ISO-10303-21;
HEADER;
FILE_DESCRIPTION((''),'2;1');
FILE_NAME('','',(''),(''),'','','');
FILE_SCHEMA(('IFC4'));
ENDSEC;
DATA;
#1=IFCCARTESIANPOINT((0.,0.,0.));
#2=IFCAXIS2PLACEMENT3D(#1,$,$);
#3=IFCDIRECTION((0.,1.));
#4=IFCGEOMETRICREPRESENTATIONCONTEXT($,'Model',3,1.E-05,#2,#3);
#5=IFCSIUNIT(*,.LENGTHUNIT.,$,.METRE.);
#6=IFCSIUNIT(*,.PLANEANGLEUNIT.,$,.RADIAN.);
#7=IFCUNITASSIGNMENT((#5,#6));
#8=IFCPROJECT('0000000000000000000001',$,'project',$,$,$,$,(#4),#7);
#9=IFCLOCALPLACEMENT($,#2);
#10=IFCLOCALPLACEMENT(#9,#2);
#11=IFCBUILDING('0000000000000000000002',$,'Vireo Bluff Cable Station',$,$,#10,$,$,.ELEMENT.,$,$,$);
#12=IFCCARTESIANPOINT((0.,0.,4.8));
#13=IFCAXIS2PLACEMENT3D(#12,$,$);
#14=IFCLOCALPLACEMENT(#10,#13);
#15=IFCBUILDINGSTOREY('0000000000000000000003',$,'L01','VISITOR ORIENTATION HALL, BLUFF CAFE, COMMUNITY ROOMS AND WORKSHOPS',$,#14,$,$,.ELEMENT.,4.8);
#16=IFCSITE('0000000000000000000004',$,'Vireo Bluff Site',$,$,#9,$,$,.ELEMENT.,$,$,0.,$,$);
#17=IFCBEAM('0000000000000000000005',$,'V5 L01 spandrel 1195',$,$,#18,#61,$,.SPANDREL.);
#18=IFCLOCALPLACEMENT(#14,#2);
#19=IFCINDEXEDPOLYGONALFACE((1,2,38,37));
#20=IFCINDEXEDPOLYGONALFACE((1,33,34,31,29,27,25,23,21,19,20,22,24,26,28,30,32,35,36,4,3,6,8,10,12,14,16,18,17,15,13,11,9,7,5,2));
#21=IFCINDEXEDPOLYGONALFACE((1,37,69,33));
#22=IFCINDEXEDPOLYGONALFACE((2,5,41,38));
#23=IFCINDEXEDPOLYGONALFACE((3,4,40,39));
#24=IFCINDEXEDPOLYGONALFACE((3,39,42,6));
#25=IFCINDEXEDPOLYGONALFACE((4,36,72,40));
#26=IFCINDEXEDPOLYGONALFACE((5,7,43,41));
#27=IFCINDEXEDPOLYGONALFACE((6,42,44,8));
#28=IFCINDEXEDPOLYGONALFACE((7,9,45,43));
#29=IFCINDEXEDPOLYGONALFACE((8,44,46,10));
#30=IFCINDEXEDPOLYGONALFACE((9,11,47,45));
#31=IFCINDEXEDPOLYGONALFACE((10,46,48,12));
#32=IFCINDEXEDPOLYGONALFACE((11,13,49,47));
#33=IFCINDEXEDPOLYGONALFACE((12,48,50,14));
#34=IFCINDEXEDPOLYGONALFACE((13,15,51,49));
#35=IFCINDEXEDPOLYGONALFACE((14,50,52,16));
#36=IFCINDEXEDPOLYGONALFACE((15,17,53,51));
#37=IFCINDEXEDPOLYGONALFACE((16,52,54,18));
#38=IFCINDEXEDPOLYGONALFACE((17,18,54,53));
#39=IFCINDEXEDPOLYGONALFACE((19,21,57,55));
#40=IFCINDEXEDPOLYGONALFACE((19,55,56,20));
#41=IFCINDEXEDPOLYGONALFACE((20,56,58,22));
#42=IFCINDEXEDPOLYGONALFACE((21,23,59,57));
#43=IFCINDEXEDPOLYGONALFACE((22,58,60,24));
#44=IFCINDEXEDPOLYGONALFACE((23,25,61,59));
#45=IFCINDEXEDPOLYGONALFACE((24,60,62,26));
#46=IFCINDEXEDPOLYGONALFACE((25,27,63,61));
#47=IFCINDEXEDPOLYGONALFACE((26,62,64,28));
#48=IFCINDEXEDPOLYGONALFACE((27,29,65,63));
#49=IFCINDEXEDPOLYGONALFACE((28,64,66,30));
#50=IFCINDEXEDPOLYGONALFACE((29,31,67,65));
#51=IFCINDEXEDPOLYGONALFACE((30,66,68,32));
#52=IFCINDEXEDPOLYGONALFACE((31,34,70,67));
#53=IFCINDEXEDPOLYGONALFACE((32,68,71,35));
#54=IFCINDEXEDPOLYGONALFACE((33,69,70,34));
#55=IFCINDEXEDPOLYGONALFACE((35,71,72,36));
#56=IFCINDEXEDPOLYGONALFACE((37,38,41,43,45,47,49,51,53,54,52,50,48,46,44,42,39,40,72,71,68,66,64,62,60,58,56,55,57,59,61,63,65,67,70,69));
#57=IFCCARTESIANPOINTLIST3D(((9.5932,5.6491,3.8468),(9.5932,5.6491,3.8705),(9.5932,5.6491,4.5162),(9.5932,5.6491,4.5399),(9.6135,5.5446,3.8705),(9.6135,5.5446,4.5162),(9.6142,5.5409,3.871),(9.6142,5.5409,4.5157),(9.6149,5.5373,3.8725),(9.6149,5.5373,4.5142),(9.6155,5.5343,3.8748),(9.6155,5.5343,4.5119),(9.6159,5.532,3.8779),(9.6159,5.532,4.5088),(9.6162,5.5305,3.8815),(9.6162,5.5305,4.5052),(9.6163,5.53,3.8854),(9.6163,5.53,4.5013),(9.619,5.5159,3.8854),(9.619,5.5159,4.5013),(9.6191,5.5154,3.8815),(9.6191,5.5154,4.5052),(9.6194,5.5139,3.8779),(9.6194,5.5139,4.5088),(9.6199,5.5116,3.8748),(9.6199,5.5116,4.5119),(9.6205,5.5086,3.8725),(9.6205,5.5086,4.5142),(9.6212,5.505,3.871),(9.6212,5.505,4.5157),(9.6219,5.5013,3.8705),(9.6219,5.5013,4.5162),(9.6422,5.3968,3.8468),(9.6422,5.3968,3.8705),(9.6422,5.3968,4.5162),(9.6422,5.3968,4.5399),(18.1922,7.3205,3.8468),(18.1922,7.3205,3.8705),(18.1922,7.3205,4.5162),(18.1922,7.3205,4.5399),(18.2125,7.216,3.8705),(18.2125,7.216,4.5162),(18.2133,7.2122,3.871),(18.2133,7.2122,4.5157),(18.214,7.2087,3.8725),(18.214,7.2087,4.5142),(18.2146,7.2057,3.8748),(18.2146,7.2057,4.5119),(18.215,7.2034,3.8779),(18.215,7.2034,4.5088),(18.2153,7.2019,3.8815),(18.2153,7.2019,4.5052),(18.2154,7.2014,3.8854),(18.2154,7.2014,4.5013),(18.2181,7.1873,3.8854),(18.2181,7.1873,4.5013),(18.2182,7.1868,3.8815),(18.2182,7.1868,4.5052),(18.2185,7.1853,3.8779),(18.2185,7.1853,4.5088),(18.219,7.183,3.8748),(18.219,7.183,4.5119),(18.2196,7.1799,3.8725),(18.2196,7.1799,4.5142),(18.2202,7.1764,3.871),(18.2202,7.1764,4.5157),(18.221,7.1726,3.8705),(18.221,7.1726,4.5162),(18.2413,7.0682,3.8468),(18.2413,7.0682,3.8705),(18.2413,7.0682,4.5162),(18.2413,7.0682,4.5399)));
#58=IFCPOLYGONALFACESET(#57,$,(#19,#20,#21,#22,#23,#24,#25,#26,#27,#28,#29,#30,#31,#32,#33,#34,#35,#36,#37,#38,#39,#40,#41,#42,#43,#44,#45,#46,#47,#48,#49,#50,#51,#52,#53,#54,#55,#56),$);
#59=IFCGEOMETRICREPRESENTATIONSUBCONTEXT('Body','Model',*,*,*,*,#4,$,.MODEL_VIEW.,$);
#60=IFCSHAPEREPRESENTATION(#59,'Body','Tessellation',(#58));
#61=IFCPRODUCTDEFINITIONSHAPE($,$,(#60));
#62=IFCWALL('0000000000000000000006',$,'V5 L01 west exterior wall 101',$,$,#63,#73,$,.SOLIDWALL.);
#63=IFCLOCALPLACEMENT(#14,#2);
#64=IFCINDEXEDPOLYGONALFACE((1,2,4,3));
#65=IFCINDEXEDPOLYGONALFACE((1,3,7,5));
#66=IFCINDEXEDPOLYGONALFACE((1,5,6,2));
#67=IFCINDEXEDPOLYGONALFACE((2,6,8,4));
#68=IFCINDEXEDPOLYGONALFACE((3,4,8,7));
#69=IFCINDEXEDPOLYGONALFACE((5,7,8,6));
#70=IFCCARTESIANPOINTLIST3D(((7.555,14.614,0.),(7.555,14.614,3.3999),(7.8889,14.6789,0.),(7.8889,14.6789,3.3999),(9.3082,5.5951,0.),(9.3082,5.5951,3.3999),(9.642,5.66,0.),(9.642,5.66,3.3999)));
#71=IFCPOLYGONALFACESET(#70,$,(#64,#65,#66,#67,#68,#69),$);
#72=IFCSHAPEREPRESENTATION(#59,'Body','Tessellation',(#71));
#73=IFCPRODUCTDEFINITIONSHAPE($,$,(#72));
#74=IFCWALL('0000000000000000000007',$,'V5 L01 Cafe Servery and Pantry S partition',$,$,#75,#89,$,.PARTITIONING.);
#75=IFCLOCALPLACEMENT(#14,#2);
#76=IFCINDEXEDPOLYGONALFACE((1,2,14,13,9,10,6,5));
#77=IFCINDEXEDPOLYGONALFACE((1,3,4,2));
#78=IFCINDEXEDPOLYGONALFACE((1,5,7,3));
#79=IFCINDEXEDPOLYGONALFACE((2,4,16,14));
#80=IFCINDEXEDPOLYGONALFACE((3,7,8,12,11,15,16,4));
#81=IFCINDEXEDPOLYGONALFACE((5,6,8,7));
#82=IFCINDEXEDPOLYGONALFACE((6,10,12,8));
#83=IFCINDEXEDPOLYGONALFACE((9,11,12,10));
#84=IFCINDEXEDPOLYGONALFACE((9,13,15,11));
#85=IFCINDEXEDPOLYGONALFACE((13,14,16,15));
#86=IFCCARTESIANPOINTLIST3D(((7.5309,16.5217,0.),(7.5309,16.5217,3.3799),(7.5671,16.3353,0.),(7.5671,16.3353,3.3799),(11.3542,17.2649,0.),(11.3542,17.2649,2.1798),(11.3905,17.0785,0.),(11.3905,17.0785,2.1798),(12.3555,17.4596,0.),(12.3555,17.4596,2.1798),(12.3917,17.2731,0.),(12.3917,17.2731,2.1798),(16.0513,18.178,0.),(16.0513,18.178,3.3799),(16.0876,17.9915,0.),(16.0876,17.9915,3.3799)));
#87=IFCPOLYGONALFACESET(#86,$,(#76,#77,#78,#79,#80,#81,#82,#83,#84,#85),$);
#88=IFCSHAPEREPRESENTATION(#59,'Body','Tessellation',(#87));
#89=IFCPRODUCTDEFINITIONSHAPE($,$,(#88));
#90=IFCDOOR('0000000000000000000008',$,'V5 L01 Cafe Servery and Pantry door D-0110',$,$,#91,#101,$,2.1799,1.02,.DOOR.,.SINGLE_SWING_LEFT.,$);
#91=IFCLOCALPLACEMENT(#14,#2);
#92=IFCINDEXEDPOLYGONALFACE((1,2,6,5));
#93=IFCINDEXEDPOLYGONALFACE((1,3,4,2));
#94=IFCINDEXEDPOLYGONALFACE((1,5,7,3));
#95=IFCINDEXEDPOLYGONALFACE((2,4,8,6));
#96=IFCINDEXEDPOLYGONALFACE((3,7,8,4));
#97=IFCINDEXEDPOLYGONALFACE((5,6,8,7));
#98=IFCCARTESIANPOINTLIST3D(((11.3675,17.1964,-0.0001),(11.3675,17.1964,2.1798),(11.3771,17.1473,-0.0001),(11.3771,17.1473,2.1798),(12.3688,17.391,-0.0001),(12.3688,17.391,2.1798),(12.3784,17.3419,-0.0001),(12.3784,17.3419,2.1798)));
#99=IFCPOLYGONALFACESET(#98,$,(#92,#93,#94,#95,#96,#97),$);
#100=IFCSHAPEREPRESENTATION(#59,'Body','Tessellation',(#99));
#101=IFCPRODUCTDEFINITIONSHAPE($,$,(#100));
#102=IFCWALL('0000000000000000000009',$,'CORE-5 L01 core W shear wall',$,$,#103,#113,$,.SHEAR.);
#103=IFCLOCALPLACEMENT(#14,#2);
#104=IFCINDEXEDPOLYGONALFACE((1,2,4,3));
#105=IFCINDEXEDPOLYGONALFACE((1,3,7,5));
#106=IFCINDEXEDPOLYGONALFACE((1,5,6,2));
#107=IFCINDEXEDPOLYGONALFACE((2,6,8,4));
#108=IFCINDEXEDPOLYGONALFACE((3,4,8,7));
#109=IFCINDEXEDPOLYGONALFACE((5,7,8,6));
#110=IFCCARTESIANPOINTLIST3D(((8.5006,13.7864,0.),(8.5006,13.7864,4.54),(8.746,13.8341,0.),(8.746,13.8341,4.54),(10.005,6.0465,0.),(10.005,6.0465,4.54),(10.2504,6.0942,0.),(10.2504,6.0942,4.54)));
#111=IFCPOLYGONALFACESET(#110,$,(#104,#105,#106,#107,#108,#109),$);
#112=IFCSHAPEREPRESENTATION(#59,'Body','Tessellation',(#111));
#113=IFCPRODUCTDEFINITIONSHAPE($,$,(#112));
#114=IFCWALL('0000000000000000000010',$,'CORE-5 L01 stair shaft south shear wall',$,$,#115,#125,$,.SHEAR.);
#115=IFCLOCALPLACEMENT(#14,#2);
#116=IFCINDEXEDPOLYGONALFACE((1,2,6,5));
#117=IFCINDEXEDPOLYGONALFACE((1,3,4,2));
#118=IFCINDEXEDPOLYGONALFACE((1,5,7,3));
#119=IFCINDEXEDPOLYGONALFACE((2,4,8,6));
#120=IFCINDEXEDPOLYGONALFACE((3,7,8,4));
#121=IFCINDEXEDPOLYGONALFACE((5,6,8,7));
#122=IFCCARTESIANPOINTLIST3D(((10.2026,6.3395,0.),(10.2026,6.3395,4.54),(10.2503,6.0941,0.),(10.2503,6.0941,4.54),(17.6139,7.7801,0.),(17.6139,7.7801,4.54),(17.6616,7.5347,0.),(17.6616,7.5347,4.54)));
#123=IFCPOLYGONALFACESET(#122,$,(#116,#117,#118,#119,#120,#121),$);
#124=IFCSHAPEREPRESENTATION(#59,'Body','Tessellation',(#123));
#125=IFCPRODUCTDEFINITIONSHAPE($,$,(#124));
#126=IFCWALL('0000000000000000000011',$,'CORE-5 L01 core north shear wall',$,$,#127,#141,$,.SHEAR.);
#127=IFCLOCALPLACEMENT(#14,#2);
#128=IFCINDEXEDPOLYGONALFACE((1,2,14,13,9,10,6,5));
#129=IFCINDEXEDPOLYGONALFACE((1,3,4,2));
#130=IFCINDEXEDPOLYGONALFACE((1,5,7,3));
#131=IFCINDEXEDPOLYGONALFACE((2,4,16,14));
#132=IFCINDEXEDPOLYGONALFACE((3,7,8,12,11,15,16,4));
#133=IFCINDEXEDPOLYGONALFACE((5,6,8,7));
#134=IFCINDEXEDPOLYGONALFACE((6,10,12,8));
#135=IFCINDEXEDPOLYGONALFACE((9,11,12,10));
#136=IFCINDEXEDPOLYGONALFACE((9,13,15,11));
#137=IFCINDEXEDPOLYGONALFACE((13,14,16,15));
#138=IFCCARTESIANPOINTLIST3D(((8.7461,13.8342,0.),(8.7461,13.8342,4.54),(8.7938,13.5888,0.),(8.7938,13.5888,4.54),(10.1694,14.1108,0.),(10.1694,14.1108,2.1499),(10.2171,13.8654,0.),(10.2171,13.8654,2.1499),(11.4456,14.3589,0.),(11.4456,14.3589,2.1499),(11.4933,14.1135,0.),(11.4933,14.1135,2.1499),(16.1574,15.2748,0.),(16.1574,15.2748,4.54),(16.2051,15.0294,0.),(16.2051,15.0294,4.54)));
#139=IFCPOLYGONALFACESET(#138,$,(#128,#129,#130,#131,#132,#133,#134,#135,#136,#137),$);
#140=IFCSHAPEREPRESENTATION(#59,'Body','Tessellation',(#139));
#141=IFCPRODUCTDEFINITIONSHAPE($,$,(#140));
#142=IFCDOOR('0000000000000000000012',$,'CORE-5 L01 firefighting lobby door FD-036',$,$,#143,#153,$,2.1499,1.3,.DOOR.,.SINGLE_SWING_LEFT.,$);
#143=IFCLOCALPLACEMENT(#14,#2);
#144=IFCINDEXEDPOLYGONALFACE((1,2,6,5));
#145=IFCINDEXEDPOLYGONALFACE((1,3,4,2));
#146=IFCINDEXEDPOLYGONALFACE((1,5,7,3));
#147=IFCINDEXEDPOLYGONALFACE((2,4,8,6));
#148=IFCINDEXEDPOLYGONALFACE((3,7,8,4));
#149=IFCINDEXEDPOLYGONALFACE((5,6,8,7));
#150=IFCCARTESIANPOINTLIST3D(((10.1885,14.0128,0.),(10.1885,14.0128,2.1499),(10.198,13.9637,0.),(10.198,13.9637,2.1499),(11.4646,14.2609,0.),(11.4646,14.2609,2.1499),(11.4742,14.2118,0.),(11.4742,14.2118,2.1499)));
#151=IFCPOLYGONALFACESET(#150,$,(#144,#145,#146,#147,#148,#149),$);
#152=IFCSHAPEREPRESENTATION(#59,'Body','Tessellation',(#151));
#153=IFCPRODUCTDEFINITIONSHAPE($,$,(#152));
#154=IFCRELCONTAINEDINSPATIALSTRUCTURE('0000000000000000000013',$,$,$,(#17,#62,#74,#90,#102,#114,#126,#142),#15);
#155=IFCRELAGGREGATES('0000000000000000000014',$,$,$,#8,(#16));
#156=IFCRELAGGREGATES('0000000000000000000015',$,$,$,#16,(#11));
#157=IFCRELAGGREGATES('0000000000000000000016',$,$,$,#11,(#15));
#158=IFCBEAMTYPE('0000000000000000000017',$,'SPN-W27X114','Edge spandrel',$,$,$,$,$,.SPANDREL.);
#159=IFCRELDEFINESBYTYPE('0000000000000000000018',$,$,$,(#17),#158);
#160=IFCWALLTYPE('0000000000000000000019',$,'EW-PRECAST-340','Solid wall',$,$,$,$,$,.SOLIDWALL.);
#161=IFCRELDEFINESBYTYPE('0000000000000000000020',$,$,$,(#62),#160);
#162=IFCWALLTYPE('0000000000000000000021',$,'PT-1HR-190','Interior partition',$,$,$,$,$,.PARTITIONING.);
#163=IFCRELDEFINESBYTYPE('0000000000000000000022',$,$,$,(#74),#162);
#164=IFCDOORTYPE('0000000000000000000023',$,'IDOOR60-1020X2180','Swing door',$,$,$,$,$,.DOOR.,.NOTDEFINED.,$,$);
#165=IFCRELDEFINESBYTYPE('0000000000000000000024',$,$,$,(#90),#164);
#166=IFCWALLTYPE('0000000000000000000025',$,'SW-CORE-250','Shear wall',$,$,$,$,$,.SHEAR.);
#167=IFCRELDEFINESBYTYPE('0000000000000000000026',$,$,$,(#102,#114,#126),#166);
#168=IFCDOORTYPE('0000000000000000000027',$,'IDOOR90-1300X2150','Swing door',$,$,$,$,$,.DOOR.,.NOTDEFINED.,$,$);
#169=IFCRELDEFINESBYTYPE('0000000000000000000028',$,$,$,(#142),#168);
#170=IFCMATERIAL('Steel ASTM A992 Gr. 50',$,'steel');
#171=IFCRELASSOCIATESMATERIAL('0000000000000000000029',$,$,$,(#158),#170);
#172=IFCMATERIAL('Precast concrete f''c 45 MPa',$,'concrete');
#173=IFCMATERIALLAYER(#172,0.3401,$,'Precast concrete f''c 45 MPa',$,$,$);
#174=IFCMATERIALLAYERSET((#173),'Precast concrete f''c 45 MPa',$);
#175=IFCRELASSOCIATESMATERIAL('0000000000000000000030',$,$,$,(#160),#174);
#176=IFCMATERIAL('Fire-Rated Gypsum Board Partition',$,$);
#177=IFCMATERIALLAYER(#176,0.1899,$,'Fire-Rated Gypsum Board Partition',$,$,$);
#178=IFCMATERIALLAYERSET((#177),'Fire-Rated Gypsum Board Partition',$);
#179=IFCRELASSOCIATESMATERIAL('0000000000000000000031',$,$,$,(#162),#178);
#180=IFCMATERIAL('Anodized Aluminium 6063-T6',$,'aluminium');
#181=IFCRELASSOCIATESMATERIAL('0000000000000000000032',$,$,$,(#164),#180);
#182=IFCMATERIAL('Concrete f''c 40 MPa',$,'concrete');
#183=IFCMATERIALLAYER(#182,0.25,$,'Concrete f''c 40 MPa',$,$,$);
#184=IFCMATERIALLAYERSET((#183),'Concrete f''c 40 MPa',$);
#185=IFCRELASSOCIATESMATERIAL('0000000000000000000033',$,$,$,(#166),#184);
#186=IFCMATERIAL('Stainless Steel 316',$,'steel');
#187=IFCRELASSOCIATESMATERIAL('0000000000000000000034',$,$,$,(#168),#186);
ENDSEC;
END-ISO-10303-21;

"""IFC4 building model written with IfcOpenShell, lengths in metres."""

from ifc_helpers import new_model, si_unit, direction, frame, frame_2d, origin, origin_with_axes, origin_2d, place, context, subcontext, project, spatial, rectangle, i_section, extrude, material, layer, layer_set, material_profile, profile_set, type_object, element, fill, save


model = new_model("IFC4")

# Units and contexts
model_context = context("Model", 3, precision=1e-05, world=origin(), true_north=direction((0.0, 1.0)))
body_context = subcontext(model_context, "Body", "Model", "MODEL_VIEW")
ifc_project = project(units=[si_unit("LENGTHUNIT", "METRE"), si_unit("PLANEANGLEUNIT", "RADIAN")], contexts=[model_context])

# Site, building, storey
site_placement = place(None, origin())
site = spatial("IfcSite", under=ifc_project, at=site_placement, Name="Vireo Bluff Site", CompositionType="ELEMENT", RefElevation=0.0)
building_placement = place(site_placement, origin())
building = spatial("IfcBuilding", under=site, at=building_placement, Name="Vireo Bluff Cable Station", CompositionType="ELEMENT")
storey_placement = place(building_placement, frame((0.0, 0.0, 4.8)))
storey = spatial("IfcBuildingStorey", under=building, at=storey_placement, Name="L01", Description="VISITOR ORIENTATION HALL, BLUFF CAFE, COMMUNITY ROOMS AND WORKSHOPS", CompositionType="ELEMENT", Elevation=4.8)

# Shared definitions
ifc_material_1 = material(Name="Steel ASTM A992 Gr. 50", Category="steel")

# Beam
ifc_material_profile_1 = material_profile(ifc_material_1, i_section(OverallWidth=0.2571, OverallDepth=0.6931, WebThickness=0.0144, FlangeThickness=0.0237, FilletRadius=0.0149, at=origin_2d()), Name="W27X114")
ifc_profile_set_1 = profile_set([ifc_material_profile_1], Name="Steel ASTM A992 Gr. 50")
beam_type_1 = type_object("IfcBeamType", Name="SPN-W27X114", Description="Edge spandrel", PredefinedType="SPANDREL", material=ifc_profile_set_1)
beam_1_placement = place(storey_placement, frame((9.6177, 5.5229, 4.1934), z_axis=(0.98163, 0.190797, 0.0), x_axis=(-0.190797, 0.98163, 0.0)))
element("IfcBeam", 1, at=beam_1_placement, inside=storey, type_object=beam_type_1, Name="V5 L01 spandrel 1195", PredefinedType="SPANDREL", context=body_context, shape_type="SweptSolid", body=[
    extrude(i_section(OverallWidth=0.2571, OverallDepth=0.6931, WebThickness=0.0144, FlangeThickness=0.0237, FilletRadius=0.0149, at=origin_2d()), origin(), (0.0, 0.0, 1.0), 8.76),
])

# Wall
ifc_material_2 = material(Name="Precast concrete f'c 45 MPa", Category="concrete")
ifc_layer_1 = layer(ifc_material_2, 0.3401, Name="Precast concrete f'c 45 MPa")
ifc_layer_set_1 = layer_set([ifc_layer_1], Name="Precast concrete f'c 45 MPa")
wall_type_1 = type_object("IfcWallType", Name="EW-PRECAST-340", Description="Solid wall", PredefinedType="SOLIDWALL", material=ifc_layer_set_1)
wall_1_placement = place(storey_placement, frame((9.4751, 5.6277, 0.0), z_axis=(0.0, 0.0, 1.0), x_axis=(-0.190814, 0.981626, 0.0)))
element("IfcWall", 2, at=wall_1_placement, inside=storey, type_object=wall_type_1, Name="V5 L01 west exterior wall 101", PredefinedType="SOLIDWALL", context=body_context, shape_type="SweptSolid", body=[
    extrude(rectangle(XDim=9.1877, YDim=0.3401, at=frame_2d((4.5938, 0.0))), origin(), (0.0, 0.0, 1.0), 3.3999),
])

# Wall, opening, door
ifc_material_3 = material(Name="Fire-Rated Gypsum Board Partition")
ifc_layer_2 = layer(ifc_material_3, 0.1899, Name="Fire-Rated Gypsum Board Partition")
ifc_layer_set_2 = layer_set([ifc_layer_2], Name="Fire-Rated Gypsum Board Partition")
wall_type_2 = type_object("IfcWallType", Name="PT-1HR-190", Description="Interior partition", PredefinedType="PARTITIONING", material=ifc_layer_set_2)
wall_2_placement = place(storey_placement, frame((16.0693, 18.0847, 0.0), z_axis=(0.0, 0.0, 1.0), x_axis=(-0.981627, -0.190812, 0.0)))
wall_2 = element("IfcWall", 3, at=wall_2_placement, inside=storey, type_object=wall_type_2, Name="V5 L01 Cafe Servery and Pantry S partition", PredefinedType="PARTITIONING", context=body_context, shape_type="SweptSolid", body=[
    extrude(rectangle(XDim=8.6799, YDim=0.1899, at=frame_2d((4.3398, 0.0))), origin(), (0.0, 0.0, 1.0), 3.3799),
])
opening_1_placement = place(wall_2_placement, frame((3.7649, 0.0, 0.0)))
opening_1 = element("IfcOpeningElement", 4, at=opening_1_placement, cuts=wall_2, PredefinedType="OPENING", context=body_context, shape_type="SweptSolid", body=[
    extrude(rectangle(XDim=1.02, YDim=2.1799, at=frame_2d((0.51, 1.0898))), frame((0.0, 0.105, 0.0), z_axis=(0.0, -1.0, 0.0), x_axis=(1.0, 0.0, 0.0)), (0.0, 0.0, 1.0), 0.21),
])
ifc_material_4 = material(Name="Anodized Aluminium 6063-T6", Category="aluminium")
door_type_1 = type_object("IfcDoorType", Name="IDOOR60-1020X2180", Description="Swing door", OperationType="NOTDEFINED", PredefinedType="DOOR", material=ifc_material_4)
door_1_placement = place(opening_1_placement, origin_with_axes())
door_1 = element("IfcDoor", 5, at=door_1_placement, inside=storey, type_object=door_type_1, Name="V5 L01 Cafe Servery and Pantry door D-0110", OperationType="SINGLE_SWING_LEFT", OverallHeight=2.1799, OverallWidth=1.02, PredefinedType="DOOR", context=body_context, shape_type="SweptSolid", body=[
    extrude(rectangle(XDim=1.02, YDim=2.1799, at=frame_2d((0.51, 1.0898))), frame((0.0, 0.0249, 0.0), z_axis=(0.0, -1.0, 0.0), x_axis=(1.0, 0.0, 0.0)), (0.0, 0.0, 1.0), 0.05),
])
fill(opening_1, door_1)

# Walls
ifc_material_5 = material(Name="Concrete f'c 40 MPa", Category="concrete")
ifc_layer_3 = layer(ifc_material_5, 0.25, Name="Concrete f'c 40 MPa")
ifc_layer_set_3 = layer_set([ifc_layer_3], Name="Concrete f'c 40 MPa")
wall_type_3 = type_object("IfcWallType", Name="SW-CORE-250", Description="Shear wall", PredefinedType="SHEAR", material=ifc_layer_set_3)
wall_3_placement = place(storey_placement, frame((10.1277, 6.0703, 0.0), z_axis=(0.0, 0.0, 1.0), x_axis=(-0.190796, 0.98163, 0.0)))
element("IfcWall", 6, at=wall_3_placement, inside=storey, type_object=wall_type_3, Name="CORE-5 L01 core W shear wall", PredefinedType="SHEAR", context=body_context, shape_type="SweptSolid", body=[
    extrude(rectangle(XDim=7.8848, YDim=0.25, at=frame_2d((3.9424, 0.0))), origin(), (0.0, 0.0, 1.0), 4.54),
])
wall_4_placement = place(storey_placement, frame((10.2266, 6.2168, 0.0), z_axis=(0.0, 0.0, 1.0), x_axis=(0.981626, 0.190815, 0.0)))
element("IfcWall", 7, at=wall_4_placement, inside=storey, type_object=wall_type_3, Name="CORE-5 L01 stair shaft south shear wall", PredefinedType="SHEAR", context=body_context, shape_type="SweptSolid", body=[
    extrude(rectangle(XDim=7.55, YDim=0.25, at=frame_2d((3.7749, 0.0))), origin(), (0.0, 0.0, 1.0), 4.54),
])

# Wall, opening, door
wall_5_placement = place(storey_placement, frame((16.1812, 15.1521, 0.0), z_axis=(0.0, 0.0, 1.0), x_axis=(-0.981626, -0.190815, 0.0)))
wall_5 = element("IfcWall", 8, at=wall_5_placement, inside=storey, type_object=wall_type_3, Name="CORE-5 L01 core north shear wall", PredefinedType="SHEAR", context=body_context, shape_type="SweptSolid", body=[
    extrude(rectangle(XDim=7.55, YDim=0.25, at=frame_2d((3.7749, 0.0))), origin(), (0.0, 0.0, 1.0), 4.54),
])
opening_2_placement = place(wall_5_placement, frame((4.8, 0.0, 0.0)))
opening_2 = element("IfcOpeningElement", 9, at=opening_2_placement, cuts=wall_5, PredefinedType="OPENING", context=body_context, shape_type="SweptSolid", body=[
    extrude(rectangle(XDim=1.3, YDim=2.1499, at=frame_2d((0.6499, 1.075))), frame((0.0, 0.135, 0.0), z_axis=(0.0, -1.0, 0.0), x_axis=(1.0, 0.0, 0.0)), (0.0, 0.0, 1.0), 0.27),
])
ifc_material_6 = material(Name="Stainless Steel 316", Category="steel")
door_type_2 = type_object("IfcDoorType", Name="IDOOR90-1300X2150", Description="Swing door", OperationType="NOTDEFINED", PredefinedType="DOOR", material=ifc_material_6)
door_2_placement = place(opening_2_placement, origin_with_axes())
door_2 = element("IfcDoor", 10, at=door_2_placement, inside=storey, type_object=door_type_2, Name="CORE-5 L01 firefighting lobby door FD-036", OperationType="SINGLE_SWING_LEFT", OverallHeight=2.1499, OverallWidth=1.3, PredefinedType="DOOR", context=body_context, shape_type="SweptSolid", body=[
    extrude(rectangle(XDim=1.3, YDim=2.1499, at=frame_2d((0.6499, 1.075))), frame((0.0, 0.0249, 0.0), z_axis=(0.0, -1.0, 0.0), x_axis=(1.0, 0.0, 0.0)), (0.0, 0.0, 1.0), 0.05),
])
fill(opening_2, door_2)

save(model, "model.ifc")
